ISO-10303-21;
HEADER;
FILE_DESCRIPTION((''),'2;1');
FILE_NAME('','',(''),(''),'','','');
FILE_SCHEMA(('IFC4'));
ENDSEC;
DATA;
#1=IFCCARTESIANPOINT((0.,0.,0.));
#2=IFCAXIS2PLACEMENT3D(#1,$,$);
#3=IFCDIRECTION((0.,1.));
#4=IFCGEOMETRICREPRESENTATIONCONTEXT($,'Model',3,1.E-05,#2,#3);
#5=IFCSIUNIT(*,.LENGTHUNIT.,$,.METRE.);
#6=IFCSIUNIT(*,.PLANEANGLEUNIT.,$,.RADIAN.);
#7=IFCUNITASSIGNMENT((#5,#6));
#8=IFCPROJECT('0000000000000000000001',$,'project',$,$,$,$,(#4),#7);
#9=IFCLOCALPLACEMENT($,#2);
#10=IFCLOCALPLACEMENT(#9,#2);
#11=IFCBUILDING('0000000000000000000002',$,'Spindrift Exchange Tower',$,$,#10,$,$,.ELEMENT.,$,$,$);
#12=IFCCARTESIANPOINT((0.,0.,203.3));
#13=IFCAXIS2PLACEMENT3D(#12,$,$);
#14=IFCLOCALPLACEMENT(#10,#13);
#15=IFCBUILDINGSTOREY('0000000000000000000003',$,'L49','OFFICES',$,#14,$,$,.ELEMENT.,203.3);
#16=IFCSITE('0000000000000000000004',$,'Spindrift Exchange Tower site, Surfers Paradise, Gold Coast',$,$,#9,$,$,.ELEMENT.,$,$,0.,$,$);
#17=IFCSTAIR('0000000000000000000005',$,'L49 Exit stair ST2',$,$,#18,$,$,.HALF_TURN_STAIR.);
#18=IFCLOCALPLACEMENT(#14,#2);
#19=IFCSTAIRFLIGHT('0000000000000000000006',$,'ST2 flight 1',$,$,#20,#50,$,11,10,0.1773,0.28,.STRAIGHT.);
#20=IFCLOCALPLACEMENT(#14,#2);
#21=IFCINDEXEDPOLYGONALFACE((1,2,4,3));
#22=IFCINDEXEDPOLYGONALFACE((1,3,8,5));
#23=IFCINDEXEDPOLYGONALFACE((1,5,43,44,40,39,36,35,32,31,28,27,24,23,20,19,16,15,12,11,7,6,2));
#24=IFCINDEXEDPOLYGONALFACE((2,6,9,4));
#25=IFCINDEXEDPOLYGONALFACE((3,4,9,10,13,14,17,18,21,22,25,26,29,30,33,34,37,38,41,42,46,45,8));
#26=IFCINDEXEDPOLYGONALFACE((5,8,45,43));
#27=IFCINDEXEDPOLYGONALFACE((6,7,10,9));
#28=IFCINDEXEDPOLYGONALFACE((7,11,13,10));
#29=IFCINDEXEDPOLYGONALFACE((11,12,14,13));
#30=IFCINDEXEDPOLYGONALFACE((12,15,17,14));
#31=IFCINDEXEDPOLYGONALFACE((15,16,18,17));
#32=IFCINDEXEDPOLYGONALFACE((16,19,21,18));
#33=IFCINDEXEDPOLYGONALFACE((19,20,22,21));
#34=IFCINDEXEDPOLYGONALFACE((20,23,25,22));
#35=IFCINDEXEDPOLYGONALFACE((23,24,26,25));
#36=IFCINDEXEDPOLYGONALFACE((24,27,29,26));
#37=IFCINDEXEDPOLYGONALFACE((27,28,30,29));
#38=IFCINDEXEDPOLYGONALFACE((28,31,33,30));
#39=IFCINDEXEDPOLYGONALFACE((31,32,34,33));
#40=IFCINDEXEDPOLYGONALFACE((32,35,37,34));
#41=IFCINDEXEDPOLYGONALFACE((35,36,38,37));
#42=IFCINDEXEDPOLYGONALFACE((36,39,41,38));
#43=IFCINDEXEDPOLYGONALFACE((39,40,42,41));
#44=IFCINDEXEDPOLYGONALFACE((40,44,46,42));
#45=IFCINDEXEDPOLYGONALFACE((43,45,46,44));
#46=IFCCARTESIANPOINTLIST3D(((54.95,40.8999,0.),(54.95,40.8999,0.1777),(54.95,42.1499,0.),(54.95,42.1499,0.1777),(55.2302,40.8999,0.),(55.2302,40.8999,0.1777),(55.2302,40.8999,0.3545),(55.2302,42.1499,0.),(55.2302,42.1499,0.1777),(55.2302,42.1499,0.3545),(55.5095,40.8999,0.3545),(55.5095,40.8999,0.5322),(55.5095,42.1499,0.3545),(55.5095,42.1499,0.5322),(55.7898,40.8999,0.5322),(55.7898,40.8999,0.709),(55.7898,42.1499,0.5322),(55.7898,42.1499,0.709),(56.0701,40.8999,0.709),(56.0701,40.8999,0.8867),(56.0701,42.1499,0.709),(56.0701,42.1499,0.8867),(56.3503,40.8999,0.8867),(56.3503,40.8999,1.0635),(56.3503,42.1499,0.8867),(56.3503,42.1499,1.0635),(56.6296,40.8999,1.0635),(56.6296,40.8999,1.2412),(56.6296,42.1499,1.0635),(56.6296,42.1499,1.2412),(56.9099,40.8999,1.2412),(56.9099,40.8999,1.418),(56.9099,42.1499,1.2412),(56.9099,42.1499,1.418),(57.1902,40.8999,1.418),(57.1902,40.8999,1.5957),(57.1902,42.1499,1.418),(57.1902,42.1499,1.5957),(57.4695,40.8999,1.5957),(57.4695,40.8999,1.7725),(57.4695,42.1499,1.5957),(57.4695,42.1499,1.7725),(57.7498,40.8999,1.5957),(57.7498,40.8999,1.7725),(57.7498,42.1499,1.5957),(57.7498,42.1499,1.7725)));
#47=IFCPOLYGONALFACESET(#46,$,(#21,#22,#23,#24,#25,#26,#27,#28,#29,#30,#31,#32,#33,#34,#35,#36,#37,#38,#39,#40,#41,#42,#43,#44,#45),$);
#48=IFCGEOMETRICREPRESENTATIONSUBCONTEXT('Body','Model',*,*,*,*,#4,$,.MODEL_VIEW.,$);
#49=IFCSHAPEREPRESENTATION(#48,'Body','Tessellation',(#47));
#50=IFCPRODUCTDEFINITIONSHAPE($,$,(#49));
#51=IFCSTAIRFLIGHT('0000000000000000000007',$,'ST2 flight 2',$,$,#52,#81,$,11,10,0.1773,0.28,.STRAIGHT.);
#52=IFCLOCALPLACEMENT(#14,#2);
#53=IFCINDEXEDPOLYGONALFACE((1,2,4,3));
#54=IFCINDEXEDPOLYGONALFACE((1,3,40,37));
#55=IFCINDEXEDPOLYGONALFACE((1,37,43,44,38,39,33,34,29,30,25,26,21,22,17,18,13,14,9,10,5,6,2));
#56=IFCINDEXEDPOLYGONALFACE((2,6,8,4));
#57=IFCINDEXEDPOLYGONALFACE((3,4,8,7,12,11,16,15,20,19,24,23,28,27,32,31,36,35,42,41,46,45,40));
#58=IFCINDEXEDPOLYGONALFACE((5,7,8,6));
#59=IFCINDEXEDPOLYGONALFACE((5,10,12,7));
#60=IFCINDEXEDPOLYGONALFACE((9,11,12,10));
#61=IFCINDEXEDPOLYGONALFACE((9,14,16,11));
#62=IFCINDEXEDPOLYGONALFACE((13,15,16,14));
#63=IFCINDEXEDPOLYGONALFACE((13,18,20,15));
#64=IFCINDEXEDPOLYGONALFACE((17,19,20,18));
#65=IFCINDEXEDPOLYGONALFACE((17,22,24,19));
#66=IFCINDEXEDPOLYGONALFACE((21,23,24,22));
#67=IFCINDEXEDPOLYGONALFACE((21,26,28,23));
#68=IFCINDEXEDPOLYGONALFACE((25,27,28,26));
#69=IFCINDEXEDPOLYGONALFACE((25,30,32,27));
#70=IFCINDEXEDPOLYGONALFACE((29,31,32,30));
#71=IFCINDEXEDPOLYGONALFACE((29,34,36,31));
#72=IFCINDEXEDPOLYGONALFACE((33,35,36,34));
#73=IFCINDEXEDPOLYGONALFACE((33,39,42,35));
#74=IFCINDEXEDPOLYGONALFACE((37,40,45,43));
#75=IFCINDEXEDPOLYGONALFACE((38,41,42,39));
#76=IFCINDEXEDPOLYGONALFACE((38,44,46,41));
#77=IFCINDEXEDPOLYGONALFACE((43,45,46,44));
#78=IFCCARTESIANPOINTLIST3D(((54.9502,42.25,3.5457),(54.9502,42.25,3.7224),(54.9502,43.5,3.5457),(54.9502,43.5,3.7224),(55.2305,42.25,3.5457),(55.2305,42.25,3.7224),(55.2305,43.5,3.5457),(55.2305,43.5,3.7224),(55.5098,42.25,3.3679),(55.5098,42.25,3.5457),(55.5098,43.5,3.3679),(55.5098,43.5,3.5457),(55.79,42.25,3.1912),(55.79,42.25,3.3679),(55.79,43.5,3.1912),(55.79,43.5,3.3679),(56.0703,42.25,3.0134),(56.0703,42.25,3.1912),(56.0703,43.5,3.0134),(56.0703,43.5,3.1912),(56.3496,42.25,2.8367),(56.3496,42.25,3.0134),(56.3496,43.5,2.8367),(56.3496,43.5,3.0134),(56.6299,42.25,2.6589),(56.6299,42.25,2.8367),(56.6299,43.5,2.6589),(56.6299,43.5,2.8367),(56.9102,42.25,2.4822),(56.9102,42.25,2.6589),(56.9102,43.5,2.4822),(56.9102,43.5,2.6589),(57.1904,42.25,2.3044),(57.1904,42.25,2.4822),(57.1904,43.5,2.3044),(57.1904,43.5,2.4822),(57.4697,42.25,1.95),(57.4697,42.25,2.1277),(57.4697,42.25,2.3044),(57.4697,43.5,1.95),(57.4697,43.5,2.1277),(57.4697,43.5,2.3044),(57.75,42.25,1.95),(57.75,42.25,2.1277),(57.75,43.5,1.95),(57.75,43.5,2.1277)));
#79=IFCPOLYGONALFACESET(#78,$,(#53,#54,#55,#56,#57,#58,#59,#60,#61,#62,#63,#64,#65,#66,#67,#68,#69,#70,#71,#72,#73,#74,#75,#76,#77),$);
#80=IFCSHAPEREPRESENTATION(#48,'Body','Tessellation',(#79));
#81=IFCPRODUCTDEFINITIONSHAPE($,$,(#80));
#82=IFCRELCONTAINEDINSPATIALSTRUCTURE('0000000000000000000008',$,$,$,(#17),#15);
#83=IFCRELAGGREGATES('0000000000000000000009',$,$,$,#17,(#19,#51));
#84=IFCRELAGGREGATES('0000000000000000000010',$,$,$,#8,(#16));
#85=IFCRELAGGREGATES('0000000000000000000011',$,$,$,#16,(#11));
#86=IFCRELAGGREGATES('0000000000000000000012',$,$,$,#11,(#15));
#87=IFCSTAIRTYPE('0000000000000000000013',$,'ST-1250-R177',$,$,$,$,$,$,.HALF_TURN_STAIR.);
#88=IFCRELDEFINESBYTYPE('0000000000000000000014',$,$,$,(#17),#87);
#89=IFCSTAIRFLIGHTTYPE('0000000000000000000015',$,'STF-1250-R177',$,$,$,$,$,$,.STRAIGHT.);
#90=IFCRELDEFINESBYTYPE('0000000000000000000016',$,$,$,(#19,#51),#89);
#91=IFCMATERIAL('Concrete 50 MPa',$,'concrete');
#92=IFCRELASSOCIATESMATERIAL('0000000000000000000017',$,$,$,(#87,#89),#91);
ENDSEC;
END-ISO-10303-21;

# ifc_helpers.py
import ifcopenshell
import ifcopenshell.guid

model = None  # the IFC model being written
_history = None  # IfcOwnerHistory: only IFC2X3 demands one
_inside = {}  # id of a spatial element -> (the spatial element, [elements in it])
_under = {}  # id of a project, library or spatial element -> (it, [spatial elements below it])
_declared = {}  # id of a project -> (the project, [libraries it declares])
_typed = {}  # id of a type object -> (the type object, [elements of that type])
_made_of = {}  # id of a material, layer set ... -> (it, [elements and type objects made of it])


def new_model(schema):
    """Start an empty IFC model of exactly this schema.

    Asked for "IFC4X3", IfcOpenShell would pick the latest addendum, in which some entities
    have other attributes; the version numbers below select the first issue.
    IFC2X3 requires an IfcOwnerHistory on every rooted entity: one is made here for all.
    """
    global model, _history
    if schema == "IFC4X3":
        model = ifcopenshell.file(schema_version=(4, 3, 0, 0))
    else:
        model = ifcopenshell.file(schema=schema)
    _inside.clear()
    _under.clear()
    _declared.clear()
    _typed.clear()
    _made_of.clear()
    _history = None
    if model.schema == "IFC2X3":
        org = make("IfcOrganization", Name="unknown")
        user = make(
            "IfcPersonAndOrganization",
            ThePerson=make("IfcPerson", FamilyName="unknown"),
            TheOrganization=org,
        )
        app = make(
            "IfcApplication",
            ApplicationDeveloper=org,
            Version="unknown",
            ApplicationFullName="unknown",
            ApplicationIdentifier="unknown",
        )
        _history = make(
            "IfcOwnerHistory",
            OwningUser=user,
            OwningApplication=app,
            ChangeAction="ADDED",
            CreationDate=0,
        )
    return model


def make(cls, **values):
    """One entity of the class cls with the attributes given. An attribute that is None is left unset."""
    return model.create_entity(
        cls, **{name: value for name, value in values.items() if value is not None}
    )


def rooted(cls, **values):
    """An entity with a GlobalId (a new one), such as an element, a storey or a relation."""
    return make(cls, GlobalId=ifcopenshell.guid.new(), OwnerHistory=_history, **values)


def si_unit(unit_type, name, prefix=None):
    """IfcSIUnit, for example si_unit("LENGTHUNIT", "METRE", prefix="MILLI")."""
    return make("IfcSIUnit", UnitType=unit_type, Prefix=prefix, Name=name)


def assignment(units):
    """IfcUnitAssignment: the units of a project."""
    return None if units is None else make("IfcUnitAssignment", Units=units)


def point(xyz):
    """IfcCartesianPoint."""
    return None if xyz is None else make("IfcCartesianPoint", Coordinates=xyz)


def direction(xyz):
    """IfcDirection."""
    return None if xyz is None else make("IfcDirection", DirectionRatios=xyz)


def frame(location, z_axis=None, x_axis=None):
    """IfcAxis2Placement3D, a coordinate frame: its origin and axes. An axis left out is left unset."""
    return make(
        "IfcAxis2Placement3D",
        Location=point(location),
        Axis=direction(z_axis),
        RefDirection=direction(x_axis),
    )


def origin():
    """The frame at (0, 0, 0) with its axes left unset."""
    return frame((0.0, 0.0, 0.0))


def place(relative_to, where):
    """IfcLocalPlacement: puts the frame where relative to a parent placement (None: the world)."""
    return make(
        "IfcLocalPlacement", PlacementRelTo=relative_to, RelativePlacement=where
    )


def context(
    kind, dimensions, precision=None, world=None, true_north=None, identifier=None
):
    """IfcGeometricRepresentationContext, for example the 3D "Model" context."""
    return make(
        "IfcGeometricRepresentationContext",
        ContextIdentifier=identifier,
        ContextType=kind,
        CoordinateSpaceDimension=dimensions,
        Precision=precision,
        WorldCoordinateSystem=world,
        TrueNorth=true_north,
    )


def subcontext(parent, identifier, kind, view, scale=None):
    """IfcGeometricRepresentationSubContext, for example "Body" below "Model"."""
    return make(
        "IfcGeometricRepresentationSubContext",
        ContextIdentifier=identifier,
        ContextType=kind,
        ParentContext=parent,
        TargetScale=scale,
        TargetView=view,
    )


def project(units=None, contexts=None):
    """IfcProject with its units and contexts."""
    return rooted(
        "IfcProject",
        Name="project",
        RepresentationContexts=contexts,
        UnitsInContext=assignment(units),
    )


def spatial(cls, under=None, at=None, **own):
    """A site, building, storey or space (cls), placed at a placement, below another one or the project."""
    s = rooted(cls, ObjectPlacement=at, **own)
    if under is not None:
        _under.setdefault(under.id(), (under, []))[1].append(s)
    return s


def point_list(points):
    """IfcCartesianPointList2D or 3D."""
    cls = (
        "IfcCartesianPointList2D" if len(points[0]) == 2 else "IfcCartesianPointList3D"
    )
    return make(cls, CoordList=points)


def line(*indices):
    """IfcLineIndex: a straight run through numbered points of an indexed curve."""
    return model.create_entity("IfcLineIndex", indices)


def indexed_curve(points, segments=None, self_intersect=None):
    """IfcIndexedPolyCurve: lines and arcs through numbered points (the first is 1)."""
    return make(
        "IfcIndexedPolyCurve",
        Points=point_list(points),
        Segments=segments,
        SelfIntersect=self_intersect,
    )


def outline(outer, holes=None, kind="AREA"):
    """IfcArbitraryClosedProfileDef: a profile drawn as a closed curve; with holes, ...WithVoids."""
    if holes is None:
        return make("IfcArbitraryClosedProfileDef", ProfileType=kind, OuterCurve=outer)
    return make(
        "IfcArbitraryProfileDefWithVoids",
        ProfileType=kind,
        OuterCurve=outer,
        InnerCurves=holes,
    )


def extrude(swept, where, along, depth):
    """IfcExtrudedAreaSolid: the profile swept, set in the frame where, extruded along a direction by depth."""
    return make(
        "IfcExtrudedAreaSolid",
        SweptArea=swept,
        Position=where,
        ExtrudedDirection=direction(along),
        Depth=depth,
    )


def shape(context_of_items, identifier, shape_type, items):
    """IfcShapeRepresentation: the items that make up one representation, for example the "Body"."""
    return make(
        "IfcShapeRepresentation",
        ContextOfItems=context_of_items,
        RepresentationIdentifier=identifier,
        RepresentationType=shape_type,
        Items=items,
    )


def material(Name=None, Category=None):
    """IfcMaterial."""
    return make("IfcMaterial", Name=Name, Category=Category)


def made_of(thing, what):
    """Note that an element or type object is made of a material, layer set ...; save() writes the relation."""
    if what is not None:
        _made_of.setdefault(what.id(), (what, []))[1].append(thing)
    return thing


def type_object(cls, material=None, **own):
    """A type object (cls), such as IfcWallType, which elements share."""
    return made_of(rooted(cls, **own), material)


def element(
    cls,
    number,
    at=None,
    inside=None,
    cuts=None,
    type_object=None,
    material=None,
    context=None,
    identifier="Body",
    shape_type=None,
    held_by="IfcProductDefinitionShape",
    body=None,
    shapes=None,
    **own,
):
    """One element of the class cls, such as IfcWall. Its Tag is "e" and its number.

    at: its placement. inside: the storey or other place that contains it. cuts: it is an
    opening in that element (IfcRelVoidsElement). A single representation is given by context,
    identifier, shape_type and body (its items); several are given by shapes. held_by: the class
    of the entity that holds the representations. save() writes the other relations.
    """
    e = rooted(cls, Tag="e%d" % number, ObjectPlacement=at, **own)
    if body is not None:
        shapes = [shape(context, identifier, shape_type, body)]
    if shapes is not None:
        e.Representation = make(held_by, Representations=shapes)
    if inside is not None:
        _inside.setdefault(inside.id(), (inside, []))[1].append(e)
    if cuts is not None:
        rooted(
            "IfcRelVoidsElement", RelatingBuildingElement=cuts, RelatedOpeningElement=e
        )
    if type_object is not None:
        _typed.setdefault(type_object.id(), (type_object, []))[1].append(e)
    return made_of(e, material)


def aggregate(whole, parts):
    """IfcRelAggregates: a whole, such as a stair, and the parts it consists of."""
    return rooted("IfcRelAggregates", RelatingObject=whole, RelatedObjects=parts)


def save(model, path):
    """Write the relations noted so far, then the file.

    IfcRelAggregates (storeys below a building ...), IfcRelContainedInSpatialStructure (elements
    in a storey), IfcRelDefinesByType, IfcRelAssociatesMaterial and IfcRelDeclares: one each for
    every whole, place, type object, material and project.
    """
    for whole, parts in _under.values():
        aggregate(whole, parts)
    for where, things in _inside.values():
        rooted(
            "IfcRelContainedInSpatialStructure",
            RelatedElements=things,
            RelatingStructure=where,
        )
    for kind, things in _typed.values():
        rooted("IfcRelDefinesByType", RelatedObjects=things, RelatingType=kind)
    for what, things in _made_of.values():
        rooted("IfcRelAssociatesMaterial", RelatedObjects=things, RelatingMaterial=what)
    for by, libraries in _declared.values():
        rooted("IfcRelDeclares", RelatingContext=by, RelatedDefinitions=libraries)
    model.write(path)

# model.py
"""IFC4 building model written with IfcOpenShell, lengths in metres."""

from ifc_helpers import new_model, si_unit, direction, frame, origin, place, context, subcontext, project, spatial, line, indexed_curve, outline, extrude, material, type_object, element, aggregate, save


model = new_model("IFC4")

# Units and contexts
model_context = context("Model", 3, precision=1e-05, world=origin(), true_north=direction((0.0, 1.0)))
body_context = subcontext(model_context, "Body", "Model", "MODEL_VIEW")
ifc_project = project(units=[si_unit("LENGTHUNIT", "METRE"), si_unit("PLANEANGLEUNIT", "RADIAN")], contexts=[model_context])

# Site, building, storey
site_placement = place(None, origin())
site = spatial("IfcSite", under=ifc_project, at=site_placement, Name="Spindrift Exchange Tower site, Surfers Paradise, Gold Coast", CompositionType="ELEMENT", RefElevation=0.0)
building_placement = place(site_placement, origin())
building = spatial("IfcBuilding", under=site, at=building_placement, Name="Spindrift Exchange Tower", CompositionType="ELEMENT")
storey_placement = place(building_placement, frame((0.0, 0.0, 203.3)))
storey = spatial("IfcBuildingStorey", under=building, at=storey_placement, Name="L49", Description="OFFICES", CompositionType="ELEMENT", Elevation=203.3)

# Stair, stair flights
ifc_material_1 = material(Name="Concrete 50 MPa", Category="concrete")
stair_type = type_object("IfcStairType", Name="ST-1250-R177", PredefinedType="HALF_TURN_STAIR", material=ifc_material_1)
stair_placement = place(storey_placement, origin())
stair = element("IfcStair", 1, at=stair_placement, inside=storey, type_object=stair_type, Name="L49 Exit stair ST2", PredefinedType="HALF_TURN_STAIR")
stair_flight_type = type_object("IfcStairFlightType", Name="STF-1250-R177", PredefinedType="STRAIGHT", material=ifc_material_1)
stair_flight_1_placement = place(storey_placement, frame((54.95, 41.5249, 0.0), z_axis=(0.0, 0.0, 1.0), x_axis=(1.0, 0.0, 0.0)))
stair_flight_1 = element("IfcStairFlight", 2, at=stair_flight_1_placement, type_object=stair_flight_type, Name="ST2 flight 1", NumberOfRisers=11, NumberOfTreads=10, PredefinedType="STRAIGHT", RiserHeight=0.1773, TreadLength=0.28, context=body_context, shape_type="SweptSolid", body=[
    extrude(outline(indexed_curve([(0.0, 0.0), (0.0, 0.1777), (0.2803, 0.1777), (0.2803, 0.3545), (0.5596, 0.3545), (0.5596, 0.5322), (0.8398, 0.5322), (0.8398, 0.709), (1.1201, 0.709), (1.1201, 0.8867), (1.4004, 0.8867), (1.4004, 1.0635), (1.6797, 1.0635), (1.6797, 1.2412), (1.96, 1.2412), (1.96, 1.418), (2.2402, 1.418), (2.2402, 1.5957), (2.5195, 1.5957), (2.5195, 1.7725), (2.7998, 1.7725), (2.7998, 1.9502), (2.7998, 1.5957), (0.2803, 0.0)], segments=[line(1, 2, 3, 4, 5, 6, 7, 8, 9, 10, 11, 12, 13, 14, 15, 16, 17, 18, 19, 20, 21, 22, 23, 24, 1)], self_intersect=False)), frame((0.0, 0.625, 0.0), z_axis=(0.0, -1.0, 0.0), x_axis=(1.0, 0.0, 0.0)), (0.0, 0.0, 1.0), 1.25),
])
stair_flight_2_placement = place(storey_placement, frame((57.75, 42.875, 1.95), z_axis=(0.0, 0.0, 1.0), x_axis=(-1.0, 0.0, 0.0)))
stair_flight_2 = element("IfcStairFlight", 3, at=stair_flight_2_placement, type_object=stair_flight_type, Name="ST2 flight 2", NumberOfRisers=11, NumberOfTreads=10, PredefinedType="STRAIGHT", RiserHeight=0.1773, TreadLength=0.28, context=body_context, shape_type="SweptSolid", body=[
    extrude(outline(indexed_curve([(0.0, 0.0), (0.0, 0.1777), (0.2803, 0.1777), (0.2803, 0.3545), (0.5596, 0.3545), (0.5596, 0.5322), (0.8398, 0.5322), (0.8398, 0.709), (1.1201, 0.709), (1.1201, 0.8867), (1.4004, 0.8867), (1.4004, 1.0635), (1.6797, 1.0635), (1.6797, 1.2412), (1.96, 1.2412), (1.96, 1.418), (2.2402, 1.418), (2.2402, 1.5957), (2.5195, 1.5957), (2.5195, 1.7725), (2.7998, 1.7725), (2.7998, 1.9502), (2.7998, 1.5957), (0.2803, 0.0)], segments=[line(1, 2, 3, 4, 5, 6, 7, 8, 9, 10, 11, 12, 13, 14, 15, 16, 17, 18, 19, 20, 21, 22, 23, 24, 1)], self_intersect=False)), frame((0.0, 0.625, 0.0), z_axis=(0.0, -1.0, 0.0), x_axis=(1.0, 0.0, 0.0)), (0.0, 0.0, 1.0), 1.25),
])
aggregate(stair, [stair_flight_1, stair_flight_2])

save(model, "model.ifc")
